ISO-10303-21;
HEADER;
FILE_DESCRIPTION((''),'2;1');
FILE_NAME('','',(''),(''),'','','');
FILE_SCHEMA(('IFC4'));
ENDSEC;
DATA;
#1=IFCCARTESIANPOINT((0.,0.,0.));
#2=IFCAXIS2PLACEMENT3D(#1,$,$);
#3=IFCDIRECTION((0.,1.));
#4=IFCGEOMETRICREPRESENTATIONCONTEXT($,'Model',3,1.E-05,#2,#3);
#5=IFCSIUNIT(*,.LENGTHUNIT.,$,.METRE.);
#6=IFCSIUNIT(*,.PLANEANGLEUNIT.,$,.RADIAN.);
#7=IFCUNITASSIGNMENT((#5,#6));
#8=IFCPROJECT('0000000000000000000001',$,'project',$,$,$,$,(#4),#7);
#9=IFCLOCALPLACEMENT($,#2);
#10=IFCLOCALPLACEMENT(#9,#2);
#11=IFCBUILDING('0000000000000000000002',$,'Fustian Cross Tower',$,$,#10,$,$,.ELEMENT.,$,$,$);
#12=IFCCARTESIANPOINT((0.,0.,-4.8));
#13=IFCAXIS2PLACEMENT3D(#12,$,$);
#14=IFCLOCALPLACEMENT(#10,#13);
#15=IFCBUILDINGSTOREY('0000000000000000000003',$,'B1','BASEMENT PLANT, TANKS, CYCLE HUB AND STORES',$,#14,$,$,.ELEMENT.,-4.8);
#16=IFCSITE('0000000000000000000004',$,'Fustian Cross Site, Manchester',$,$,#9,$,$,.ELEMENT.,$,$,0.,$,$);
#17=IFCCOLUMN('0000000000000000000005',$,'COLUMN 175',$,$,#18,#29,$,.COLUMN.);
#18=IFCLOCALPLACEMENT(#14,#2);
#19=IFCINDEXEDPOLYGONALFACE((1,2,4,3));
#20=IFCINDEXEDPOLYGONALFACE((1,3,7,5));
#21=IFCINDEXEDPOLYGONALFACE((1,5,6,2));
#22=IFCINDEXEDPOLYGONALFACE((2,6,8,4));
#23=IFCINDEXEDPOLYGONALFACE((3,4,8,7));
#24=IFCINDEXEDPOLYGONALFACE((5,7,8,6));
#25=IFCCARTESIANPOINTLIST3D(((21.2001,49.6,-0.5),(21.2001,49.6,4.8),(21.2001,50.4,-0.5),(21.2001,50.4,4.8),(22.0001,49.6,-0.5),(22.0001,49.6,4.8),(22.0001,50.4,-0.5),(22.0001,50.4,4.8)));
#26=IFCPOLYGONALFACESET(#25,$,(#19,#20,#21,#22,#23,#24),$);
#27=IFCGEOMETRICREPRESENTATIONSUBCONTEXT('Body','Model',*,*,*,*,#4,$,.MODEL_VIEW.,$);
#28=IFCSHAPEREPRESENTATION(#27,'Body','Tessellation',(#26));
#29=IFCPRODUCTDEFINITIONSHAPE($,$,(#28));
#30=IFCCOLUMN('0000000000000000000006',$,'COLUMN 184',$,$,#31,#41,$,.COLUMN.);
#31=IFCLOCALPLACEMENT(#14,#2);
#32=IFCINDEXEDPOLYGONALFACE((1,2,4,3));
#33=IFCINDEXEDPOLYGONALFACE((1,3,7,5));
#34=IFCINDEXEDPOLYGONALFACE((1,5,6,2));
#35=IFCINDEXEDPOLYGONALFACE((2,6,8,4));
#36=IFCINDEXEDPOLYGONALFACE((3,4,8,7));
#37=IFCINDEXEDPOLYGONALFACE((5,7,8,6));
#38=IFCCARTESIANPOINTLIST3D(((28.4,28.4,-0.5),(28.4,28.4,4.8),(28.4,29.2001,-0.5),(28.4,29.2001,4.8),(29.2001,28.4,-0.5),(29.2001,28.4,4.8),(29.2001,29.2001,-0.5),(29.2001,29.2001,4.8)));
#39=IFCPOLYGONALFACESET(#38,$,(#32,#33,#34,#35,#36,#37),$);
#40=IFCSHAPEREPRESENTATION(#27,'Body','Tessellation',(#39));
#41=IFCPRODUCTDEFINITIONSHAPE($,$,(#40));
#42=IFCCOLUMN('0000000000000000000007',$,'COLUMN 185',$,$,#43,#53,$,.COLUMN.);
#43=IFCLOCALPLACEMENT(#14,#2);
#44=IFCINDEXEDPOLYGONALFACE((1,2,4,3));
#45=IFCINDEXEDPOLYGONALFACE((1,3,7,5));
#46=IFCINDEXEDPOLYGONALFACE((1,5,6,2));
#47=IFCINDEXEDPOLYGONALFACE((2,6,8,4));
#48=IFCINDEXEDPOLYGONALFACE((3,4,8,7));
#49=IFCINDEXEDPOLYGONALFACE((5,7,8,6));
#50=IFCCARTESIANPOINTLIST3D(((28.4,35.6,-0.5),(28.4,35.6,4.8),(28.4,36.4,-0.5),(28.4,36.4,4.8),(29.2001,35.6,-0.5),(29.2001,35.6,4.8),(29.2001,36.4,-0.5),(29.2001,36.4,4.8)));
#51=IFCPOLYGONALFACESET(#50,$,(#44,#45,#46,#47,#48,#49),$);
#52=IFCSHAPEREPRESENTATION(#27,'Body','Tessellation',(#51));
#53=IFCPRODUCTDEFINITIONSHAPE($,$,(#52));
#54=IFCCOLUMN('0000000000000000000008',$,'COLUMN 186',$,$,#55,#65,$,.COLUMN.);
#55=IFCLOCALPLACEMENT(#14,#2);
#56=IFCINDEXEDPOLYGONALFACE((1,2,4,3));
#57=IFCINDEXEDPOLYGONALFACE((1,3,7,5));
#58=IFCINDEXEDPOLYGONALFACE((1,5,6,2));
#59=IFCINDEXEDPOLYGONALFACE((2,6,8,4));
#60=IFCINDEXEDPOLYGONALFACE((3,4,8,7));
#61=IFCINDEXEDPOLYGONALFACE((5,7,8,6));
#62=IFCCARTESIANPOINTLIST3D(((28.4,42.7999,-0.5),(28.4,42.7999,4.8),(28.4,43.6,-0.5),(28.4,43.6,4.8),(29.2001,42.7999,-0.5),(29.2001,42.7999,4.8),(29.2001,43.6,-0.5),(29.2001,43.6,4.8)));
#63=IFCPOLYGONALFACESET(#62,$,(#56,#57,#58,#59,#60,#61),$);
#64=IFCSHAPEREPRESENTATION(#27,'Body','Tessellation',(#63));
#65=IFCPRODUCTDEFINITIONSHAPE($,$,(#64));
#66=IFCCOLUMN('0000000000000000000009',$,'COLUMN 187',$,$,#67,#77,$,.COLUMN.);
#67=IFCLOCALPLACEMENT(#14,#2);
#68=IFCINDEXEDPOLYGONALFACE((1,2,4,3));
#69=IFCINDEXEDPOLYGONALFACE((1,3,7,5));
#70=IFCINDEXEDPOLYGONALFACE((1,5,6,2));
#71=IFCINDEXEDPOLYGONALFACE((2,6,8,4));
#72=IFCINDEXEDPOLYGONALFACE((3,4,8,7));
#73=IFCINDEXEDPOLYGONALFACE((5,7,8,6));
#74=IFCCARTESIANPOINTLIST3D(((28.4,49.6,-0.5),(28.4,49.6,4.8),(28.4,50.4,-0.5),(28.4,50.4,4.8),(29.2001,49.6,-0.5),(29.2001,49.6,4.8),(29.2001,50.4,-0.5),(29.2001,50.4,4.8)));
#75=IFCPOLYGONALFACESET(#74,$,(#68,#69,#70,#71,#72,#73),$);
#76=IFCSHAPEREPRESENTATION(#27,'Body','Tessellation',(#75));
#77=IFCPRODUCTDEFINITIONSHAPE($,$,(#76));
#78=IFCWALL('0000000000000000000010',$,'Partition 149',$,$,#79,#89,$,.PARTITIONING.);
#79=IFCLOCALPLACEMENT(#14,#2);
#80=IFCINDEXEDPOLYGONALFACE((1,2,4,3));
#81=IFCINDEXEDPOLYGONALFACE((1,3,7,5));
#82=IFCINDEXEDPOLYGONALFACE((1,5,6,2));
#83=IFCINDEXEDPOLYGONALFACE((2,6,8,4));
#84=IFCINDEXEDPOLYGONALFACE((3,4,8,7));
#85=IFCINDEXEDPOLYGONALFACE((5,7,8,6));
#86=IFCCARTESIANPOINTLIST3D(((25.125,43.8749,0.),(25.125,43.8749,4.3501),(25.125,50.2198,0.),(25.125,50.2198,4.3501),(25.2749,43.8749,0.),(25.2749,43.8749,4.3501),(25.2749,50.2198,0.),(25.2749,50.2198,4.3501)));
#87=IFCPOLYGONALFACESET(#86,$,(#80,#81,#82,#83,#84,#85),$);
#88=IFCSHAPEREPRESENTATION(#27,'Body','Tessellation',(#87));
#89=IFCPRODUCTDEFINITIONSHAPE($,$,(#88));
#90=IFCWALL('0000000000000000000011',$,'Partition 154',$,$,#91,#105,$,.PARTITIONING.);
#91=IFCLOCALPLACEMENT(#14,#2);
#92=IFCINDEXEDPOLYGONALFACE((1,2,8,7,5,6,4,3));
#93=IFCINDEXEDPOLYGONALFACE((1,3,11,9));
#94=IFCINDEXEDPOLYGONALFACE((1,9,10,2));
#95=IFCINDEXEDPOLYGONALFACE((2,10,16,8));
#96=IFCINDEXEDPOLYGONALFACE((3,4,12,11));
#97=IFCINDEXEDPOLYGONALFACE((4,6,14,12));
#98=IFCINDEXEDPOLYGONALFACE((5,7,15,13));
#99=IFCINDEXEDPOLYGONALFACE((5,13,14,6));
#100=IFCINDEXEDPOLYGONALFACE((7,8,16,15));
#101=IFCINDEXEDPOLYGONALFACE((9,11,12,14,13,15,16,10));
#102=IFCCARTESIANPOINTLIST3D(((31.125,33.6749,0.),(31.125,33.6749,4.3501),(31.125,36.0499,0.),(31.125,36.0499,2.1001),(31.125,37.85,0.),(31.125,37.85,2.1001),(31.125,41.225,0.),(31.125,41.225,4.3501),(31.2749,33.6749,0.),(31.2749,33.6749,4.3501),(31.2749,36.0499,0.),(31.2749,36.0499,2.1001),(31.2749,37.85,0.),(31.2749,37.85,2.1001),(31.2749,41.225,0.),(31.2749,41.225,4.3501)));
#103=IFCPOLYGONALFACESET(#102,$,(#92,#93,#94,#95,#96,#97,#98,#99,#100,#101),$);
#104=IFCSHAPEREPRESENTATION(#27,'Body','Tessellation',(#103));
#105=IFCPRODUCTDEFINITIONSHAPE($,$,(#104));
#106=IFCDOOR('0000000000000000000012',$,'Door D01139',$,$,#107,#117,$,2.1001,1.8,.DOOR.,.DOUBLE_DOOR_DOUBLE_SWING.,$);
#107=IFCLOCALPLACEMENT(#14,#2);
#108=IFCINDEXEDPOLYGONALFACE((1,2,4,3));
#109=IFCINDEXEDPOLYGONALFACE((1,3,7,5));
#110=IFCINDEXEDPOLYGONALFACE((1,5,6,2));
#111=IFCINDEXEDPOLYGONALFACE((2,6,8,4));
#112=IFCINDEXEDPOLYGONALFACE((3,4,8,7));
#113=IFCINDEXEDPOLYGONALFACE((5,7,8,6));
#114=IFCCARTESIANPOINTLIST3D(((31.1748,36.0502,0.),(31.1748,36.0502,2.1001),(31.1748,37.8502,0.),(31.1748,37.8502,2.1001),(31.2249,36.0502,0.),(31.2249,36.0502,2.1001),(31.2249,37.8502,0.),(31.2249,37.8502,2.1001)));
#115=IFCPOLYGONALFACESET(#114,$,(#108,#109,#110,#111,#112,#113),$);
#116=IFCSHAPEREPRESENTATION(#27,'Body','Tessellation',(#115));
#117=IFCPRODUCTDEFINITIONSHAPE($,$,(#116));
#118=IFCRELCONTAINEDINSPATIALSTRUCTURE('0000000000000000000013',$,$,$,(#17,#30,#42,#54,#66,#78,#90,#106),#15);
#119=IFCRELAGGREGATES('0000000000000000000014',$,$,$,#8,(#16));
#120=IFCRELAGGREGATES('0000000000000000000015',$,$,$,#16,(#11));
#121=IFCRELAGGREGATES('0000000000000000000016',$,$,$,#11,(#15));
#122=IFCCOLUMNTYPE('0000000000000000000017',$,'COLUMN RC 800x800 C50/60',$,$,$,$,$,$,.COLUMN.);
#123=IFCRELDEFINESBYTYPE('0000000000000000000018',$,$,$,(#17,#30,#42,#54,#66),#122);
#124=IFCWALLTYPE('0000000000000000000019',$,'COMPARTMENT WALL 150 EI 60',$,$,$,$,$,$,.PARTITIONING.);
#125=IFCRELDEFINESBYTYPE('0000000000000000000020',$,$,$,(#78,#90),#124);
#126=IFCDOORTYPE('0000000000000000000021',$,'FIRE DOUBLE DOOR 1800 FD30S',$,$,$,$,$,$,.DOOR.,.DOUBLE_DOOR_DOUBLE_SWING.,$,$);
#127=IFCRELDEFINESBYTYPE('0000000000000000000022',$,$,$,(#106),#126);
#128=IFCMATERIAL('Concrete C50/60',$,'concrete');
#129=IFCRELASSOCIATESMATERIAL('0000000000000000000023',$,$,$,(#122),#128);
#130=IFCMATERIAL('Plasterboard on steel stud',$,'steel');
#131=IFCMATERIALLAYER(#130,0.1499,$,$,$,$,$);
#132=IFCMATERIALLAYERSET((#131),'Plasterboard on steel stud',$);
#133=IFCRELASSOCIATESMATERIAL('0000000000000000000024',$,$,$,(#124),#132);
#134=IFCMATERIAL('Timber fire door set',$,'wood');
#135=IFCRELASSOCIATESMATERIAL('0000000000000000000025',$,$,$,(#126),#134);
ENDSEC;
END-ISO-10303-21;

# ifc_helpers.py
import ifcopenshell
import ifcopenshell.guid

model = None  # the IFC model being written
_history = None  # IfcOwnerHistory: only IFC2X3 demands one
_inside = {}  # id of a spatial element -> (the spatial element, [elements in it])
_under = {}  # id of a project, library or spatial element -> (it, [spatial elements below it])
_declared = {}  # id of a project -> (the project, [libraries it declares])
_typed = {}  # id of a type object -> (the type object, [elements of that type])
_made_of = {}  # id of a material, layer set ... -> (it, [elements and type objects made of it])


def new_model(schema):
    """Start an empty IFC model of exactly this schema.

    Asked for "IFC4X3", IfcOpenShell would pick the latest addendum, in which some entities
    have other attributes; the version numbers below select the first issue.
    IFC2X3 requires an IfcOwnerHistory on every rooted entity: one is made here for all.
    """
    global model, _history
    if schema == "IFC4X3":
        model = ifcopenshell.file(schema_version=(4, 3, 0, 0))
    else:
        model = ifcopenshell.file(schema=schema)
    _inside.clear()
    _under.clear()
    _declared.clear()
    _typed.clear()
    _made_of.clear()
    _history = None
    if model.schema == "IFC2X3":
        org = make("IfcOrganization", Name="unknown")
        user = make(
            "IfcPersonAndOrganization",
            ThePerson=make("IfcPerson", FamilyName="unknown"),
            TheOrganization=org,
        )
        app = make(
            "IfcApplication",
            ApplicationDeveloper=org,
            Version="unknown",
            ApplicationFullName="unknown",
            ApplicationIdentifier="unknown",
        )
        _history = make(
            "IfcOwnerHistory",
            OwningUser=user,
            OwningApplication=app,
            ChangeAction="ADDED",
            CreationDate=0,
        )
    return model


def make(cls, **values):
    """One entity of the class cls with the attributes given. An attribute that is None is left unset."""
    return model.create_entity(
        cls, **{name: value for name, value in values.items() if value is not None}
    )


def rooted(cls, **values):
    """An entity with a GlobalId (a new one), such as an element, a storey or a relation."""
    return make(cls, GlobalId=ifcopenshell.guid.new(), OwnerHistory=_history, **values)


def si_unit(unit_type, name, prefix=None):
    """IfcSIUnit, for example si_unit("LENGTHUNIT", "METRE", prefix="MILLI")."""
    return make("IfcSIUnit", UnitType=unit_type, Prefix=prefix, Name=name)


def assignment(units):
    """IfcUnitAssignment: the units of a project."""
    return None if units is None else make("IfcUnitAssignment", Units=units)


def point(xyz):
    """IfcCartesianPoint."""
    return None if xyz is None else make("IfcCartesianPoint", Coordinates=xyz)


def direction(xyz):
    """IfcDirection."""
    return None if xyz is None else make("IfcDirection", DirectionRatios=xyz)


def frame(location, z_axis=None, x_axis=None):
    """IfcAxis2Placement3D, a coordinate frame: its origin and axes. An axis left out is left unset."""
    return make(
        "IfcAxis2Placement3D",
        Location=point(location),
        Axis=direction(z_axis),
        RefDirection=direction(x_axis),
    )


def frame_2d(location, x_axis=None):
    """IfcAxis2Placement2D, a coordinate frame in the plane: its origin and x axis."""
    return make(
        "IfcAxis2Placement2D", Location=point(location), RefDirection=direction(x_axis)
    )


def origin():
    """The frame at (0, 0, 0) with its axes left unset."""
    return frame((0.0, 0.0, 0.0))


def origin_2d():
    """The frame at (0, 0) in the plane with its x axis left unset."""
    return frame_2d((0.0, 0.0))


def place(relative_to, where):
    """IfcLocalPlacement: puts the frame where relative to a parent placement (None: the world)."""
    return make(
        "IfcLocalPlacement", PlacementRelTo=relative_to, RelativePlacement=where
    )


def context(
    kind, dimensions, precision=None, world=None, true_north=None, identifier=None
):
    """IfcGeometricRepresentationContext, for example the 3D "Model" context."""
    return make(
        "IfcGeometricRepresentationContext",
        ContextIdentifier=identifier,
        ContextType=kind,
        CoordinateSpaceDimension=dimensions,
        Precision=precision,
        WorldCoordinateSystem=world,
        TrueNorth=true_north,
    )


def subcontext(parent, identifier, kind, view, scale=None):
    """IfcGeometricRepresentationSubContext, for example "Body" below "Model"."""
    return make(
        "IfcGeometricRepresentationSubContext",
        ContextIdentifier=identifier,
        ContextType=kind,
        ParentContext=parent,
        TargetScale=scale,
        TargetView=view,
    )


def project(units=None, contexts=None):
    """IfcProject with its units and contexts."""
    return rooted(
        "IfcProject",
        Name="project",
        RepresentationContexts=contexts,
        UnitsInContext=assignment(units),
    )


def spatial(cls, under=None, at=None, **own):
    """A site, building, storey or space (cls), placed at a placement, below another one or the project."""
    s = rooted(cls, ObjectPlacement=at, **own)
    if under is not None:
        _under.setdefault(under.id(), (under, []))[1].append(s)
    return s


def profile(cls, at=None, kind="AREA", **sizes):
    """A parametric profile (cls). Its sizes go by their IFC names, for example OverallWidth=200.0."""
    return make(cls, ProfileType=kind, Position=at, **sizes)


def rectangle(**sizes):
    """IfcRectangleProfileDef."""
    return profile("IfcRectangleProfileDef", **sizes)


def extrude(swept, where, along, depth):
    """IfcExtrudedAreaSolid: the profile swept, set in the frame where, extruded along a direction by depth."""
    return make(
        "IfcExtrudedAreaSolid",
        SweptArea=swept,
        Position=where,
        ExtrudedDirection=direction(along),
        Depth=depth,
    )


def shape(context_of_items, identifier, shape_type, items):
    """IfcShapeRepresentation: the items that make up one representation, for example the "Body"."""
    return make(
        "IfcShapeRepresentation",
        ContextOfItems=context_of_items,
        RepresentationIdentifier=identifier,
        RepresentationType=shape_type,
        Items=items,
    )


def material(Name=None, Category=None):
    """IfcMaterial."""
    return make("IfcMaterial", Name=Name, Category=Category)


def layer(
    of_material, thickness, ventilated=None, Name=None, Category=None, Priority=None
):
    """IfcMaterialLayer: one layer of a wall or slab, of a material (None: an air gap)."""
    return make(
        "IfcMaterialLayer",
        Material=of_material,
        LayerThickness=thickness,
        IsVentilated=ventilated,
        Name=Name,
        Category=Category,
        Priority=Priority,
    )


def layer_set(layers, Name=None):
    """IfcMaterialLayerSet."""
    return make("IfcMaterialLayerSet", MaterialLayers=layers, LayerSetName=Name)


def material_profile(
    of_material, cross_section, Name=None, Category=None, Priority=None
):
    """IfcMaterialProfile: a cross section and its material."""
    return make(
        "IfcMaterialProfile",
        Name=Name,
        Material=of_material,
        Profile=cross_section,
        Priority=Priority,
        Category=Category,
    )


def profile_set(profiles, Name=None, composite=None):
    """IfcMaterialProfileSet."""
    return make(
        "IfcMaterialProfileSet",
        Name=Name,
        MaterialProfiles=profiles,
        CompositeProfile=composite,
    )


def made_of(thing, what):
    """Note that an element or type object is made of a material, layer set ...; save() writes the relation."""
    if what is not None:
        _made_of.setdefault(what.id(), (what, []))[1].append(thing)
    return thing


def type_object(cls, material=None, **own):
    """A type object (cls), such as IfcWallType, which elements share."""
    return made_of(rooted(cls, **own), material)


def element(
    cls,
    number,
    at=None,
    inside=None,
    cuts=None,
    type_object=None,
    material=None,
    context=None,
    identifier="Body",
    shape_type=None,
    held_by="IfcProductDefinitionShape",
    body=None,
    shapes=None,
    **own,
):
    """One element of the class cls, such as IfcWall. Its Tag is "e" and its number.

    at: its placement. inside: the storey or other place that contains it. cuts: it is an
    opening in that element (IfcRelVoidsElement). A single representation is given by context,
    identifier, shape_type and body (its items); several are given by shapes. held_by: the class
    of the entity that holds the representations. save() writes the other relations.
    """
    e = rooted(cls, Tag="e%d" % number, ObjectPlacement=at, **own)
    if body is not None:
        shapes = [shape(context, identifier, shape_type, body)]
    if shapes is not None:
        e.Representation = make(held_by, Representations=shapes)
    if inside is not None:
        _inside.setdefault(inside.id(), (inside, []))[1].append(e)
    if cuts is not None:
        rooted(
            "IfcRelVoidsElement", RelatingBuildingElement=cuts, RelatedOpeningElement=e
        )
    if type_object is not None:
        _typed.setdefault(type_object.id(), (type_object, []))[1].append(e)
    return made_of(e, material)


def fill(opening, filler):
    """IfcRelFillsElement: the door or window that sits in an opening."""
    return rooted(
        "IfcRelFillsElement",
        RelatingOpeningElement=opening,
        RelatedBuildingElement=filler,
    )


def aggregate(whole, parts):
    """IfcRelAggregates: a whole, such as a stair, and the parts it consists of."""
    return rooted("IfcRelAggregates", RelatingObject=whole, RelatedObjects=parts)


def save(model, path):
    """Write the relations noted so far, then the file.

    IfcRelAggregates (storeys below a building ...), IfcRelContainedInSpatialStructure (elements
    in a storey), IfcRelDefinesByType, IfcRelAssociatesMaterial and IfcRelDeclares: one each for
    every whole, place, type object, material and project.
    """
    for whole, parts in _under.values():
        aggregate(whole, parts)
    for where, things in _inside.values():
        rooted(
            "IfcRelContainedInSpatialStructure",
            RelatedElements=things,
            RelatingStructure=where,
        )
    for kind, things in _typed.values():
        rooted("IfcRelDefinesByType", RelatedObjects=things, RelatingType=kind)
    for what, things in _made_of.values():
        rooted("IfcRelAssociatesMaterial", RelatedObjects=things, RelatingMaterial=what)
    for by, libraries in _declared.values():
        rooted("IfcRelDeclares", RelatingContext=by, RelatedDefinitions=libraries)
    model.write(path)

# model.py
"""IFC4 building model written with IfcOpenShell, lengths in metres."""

from ifc_helpers import new_model, si_unit, direction, frame, frame_2d, origin, origin_2d, place, context, subcontext, project, spatial, rectangle, extrude, material, layer, layer_set, material_profile, profile_set, type_object, element, fill, save


model = new_model("IFC4")

# Units and contexts
model_context = context("Model", 3, precision=1e-05, world=origin(), true_north=direction((0.0, 1.0)))
body_context = subcontext(model_context, "Body", "Model", "MODEL_VIEW")
ifc_project = project(units=[si_unit("LENGTHUNIT", "METRE"), si_unit("PLANEANGLEUNIT", "RADIAN")], contexts=[model_context])

# Site, building, storey
site_placement = place(None, origin())
site = spatial("IfcSite", under=ifc_project, at=site_placement, Name="Fustian Cross Site, Manchester", CompositionType="ELEMENT", RefElevation=0.0)
building_placement = place(site_placement, origin())
building = spatial("IfcBuilding", under=site, at=building_placement, Name="Fustian Cross Tower", CompositionType="ELEMENT")
storey_placement = place(building_placement, frame((0.0, 0.0, -4.8)))
storey = spatial("IfcBuildingStorey", under=building, at=storey_placement, Name="B1", Description="BASEMENT PLANT, TANKS, CYCLE HUB AND STORES", CompositionType="ELEMENT", Elevation=-4.8)

# Columns
ifc_material_1 = material(Name="Concrete C50/60", Category="concrete")
ifc_material_profile_1 = material_profile(ifc_material_1, rectangle(XDim=0.8, YDim=0.8, at=origin_2d()), Name="RC 800x800")
ifc_profile_set_1 = profile_set([ifc_material_profile_1], Name="Concrete C50/60")
column_type = type_object("IfcColumnType", Name="COLUMN RC 800x800 C50/60", PredefinedType="COLUMN", material=ifc_profile_set_1)
for number, where, z_axis, x_axis, name in (
    (1, (21.6001, 50.0, -0.5), (0.0, 0.0, 1.0), (1.0, 0.0, 0.0), "COLUMN 175"),
    (2, (28.8, 28.8, -0.5), (0.0, 0.0, 1.0), (1.0, 0.0, 0.0), "COLUMN 184"),
    (3, (28.8, 36.0, -0.5), (0.0, 0.0, 1.0), (1.0, 0.0, 0.0), "COLUMN 185"),
    (4, (28.8, 43.2, -0.5), (0.0, 0.0, 1.0), (1.0, 0.0, 0.0), "COLUMN 186"),
    (5, (28.8, 50.0, -0.5), (0.0, 0.0, 1.0), (1.0, 0.0, 0.0), "COLUMN 187"),
):
    element("IfcColumn", number, at=place(storey_placement, frame(where, z_axis=z_axis, x_axis=x_axis)), inside=storey, type_object=column_type, Name=name, PredefinedType="COLUMN", context=body_context, shape_type="SweptSolid", body=[
        extrude(rectangle(XDim=0.8, YDim=0.8, at=origin_2d()), origin(), (0.0, 0.0, 1.0), 5.3),
    ])

# Wall
ifc_material_2 = material(Name="Plasterboard on steel stud", Category="steel")
ifc_layer = layer(ifc_material_2, 0.1499)
ifc_layer_set = layer_set([ifc_layer], Name="Plasterboard on steel stud")
wall_type = type_object("IfcWallType", Name="COMPARTMENT WALL 150 EI 60", PredefinedType="PARTITIONING", material=ifc_layer_set)
wall_1_placement = place(storey_placement, frame((25.2, 43.875, 0.0), z_axis=(0.0, 0.0, 1.0), x_axis=(0.0, 1.0, 0.0)))
element("IfcWall", 6, at=wall_1_placement, inside=storey, type_object=wall_type, Name="Partition 149", PredefinedType="PARTITIONING", context=body_context, shape_type="SweptSolid", body=[
    extrude(rectangle(XDim=6.345, YDim=0.1499, at=frame_2d((3.1724, 0.0))), origin(), (0.0, 0.0, 1.0), 4.3501),
])

# Wall, opening, door
wall_2_placement = place(storey_placement, frame((31.2, 33.675, 0.0), z_axis=(0.0, 0.0, 1.0), x_axis=(0.0, 1.0, 0.0)))
wall_2 = element("IfcWall", 7, at=wall_2_placement, inside=storey, type_object=wall_type, Name="Partition 154", PredefinedType="PARTITIONING", context=body_context, shape_type="SweptSolid", body=[
    extrude(rectangle(XDim=7.55, YDim=0.1499, at=frame_2d((3.7749, 0.0))), origin(), (0.0, 0.0, 1.0), 4.3501),
])
opening_placement = place(wall_2_placement, frame((2.375, 0.0, 0.0)))
opening = element("IfcOpeningElement", 8, at=opening_placement, cuts=wall_2, PredefinedType="OPENING", context=body_context, shape_type="SweptSolid", body=[
    extrude(rectangle(XDim=1.8, YDim=2.1001, at=frame_2d((0.8999, 1.05))), frame((0.0, 0.085, 0.0), z_axis=(0.0, -1.0, 0.0), x_axis=(1.0, 0.0, 0.0)), (0.0, 0.0, 1.0), 0.1699),
])
ifc_material_3 = material(Name="Timber fire door set", Category="wood")
door_type = type_object("IfcDoorType", Name="FIRE DOUBLE DOOR 1800 FD30S", OperationType="DOUBLE_DOOR_DOUBLE_SWING", PredefinedType="DOOR", material=ifc_material_3)
door_placement = place(opening_placement, frame((1.8, 0.0, 0.0), z_axis=(0.0, 0.0, 1.0), x_axis=(-1.0, 0.0, 0.0)))
door = element("IfcDoor", 9, at=door_placement, inside=storey, type_object=door_type, Name="Door D01139", OperationType="DOUBLE_DOOR_DOUBLE_SWING", OverallHeight=2.1001, OverallWidth=1.8, PredefinedType="DOOR", context=body_context, shape_type="SweptSolid", body=[
    extrude(rectangle(XDim=1.8, YDim=2.1001, at=frame_2d((0.8999, 1.05))), frame((0.0, 0.0249, 0.0), z_axis=(0.0, -1.0, 0.0), x_axis=(1.0, 0.0, 0.0)), (0.0, 0.0, 1.0), 0.05),
])
fill(opening, door)

save(model, "model.ifc")
